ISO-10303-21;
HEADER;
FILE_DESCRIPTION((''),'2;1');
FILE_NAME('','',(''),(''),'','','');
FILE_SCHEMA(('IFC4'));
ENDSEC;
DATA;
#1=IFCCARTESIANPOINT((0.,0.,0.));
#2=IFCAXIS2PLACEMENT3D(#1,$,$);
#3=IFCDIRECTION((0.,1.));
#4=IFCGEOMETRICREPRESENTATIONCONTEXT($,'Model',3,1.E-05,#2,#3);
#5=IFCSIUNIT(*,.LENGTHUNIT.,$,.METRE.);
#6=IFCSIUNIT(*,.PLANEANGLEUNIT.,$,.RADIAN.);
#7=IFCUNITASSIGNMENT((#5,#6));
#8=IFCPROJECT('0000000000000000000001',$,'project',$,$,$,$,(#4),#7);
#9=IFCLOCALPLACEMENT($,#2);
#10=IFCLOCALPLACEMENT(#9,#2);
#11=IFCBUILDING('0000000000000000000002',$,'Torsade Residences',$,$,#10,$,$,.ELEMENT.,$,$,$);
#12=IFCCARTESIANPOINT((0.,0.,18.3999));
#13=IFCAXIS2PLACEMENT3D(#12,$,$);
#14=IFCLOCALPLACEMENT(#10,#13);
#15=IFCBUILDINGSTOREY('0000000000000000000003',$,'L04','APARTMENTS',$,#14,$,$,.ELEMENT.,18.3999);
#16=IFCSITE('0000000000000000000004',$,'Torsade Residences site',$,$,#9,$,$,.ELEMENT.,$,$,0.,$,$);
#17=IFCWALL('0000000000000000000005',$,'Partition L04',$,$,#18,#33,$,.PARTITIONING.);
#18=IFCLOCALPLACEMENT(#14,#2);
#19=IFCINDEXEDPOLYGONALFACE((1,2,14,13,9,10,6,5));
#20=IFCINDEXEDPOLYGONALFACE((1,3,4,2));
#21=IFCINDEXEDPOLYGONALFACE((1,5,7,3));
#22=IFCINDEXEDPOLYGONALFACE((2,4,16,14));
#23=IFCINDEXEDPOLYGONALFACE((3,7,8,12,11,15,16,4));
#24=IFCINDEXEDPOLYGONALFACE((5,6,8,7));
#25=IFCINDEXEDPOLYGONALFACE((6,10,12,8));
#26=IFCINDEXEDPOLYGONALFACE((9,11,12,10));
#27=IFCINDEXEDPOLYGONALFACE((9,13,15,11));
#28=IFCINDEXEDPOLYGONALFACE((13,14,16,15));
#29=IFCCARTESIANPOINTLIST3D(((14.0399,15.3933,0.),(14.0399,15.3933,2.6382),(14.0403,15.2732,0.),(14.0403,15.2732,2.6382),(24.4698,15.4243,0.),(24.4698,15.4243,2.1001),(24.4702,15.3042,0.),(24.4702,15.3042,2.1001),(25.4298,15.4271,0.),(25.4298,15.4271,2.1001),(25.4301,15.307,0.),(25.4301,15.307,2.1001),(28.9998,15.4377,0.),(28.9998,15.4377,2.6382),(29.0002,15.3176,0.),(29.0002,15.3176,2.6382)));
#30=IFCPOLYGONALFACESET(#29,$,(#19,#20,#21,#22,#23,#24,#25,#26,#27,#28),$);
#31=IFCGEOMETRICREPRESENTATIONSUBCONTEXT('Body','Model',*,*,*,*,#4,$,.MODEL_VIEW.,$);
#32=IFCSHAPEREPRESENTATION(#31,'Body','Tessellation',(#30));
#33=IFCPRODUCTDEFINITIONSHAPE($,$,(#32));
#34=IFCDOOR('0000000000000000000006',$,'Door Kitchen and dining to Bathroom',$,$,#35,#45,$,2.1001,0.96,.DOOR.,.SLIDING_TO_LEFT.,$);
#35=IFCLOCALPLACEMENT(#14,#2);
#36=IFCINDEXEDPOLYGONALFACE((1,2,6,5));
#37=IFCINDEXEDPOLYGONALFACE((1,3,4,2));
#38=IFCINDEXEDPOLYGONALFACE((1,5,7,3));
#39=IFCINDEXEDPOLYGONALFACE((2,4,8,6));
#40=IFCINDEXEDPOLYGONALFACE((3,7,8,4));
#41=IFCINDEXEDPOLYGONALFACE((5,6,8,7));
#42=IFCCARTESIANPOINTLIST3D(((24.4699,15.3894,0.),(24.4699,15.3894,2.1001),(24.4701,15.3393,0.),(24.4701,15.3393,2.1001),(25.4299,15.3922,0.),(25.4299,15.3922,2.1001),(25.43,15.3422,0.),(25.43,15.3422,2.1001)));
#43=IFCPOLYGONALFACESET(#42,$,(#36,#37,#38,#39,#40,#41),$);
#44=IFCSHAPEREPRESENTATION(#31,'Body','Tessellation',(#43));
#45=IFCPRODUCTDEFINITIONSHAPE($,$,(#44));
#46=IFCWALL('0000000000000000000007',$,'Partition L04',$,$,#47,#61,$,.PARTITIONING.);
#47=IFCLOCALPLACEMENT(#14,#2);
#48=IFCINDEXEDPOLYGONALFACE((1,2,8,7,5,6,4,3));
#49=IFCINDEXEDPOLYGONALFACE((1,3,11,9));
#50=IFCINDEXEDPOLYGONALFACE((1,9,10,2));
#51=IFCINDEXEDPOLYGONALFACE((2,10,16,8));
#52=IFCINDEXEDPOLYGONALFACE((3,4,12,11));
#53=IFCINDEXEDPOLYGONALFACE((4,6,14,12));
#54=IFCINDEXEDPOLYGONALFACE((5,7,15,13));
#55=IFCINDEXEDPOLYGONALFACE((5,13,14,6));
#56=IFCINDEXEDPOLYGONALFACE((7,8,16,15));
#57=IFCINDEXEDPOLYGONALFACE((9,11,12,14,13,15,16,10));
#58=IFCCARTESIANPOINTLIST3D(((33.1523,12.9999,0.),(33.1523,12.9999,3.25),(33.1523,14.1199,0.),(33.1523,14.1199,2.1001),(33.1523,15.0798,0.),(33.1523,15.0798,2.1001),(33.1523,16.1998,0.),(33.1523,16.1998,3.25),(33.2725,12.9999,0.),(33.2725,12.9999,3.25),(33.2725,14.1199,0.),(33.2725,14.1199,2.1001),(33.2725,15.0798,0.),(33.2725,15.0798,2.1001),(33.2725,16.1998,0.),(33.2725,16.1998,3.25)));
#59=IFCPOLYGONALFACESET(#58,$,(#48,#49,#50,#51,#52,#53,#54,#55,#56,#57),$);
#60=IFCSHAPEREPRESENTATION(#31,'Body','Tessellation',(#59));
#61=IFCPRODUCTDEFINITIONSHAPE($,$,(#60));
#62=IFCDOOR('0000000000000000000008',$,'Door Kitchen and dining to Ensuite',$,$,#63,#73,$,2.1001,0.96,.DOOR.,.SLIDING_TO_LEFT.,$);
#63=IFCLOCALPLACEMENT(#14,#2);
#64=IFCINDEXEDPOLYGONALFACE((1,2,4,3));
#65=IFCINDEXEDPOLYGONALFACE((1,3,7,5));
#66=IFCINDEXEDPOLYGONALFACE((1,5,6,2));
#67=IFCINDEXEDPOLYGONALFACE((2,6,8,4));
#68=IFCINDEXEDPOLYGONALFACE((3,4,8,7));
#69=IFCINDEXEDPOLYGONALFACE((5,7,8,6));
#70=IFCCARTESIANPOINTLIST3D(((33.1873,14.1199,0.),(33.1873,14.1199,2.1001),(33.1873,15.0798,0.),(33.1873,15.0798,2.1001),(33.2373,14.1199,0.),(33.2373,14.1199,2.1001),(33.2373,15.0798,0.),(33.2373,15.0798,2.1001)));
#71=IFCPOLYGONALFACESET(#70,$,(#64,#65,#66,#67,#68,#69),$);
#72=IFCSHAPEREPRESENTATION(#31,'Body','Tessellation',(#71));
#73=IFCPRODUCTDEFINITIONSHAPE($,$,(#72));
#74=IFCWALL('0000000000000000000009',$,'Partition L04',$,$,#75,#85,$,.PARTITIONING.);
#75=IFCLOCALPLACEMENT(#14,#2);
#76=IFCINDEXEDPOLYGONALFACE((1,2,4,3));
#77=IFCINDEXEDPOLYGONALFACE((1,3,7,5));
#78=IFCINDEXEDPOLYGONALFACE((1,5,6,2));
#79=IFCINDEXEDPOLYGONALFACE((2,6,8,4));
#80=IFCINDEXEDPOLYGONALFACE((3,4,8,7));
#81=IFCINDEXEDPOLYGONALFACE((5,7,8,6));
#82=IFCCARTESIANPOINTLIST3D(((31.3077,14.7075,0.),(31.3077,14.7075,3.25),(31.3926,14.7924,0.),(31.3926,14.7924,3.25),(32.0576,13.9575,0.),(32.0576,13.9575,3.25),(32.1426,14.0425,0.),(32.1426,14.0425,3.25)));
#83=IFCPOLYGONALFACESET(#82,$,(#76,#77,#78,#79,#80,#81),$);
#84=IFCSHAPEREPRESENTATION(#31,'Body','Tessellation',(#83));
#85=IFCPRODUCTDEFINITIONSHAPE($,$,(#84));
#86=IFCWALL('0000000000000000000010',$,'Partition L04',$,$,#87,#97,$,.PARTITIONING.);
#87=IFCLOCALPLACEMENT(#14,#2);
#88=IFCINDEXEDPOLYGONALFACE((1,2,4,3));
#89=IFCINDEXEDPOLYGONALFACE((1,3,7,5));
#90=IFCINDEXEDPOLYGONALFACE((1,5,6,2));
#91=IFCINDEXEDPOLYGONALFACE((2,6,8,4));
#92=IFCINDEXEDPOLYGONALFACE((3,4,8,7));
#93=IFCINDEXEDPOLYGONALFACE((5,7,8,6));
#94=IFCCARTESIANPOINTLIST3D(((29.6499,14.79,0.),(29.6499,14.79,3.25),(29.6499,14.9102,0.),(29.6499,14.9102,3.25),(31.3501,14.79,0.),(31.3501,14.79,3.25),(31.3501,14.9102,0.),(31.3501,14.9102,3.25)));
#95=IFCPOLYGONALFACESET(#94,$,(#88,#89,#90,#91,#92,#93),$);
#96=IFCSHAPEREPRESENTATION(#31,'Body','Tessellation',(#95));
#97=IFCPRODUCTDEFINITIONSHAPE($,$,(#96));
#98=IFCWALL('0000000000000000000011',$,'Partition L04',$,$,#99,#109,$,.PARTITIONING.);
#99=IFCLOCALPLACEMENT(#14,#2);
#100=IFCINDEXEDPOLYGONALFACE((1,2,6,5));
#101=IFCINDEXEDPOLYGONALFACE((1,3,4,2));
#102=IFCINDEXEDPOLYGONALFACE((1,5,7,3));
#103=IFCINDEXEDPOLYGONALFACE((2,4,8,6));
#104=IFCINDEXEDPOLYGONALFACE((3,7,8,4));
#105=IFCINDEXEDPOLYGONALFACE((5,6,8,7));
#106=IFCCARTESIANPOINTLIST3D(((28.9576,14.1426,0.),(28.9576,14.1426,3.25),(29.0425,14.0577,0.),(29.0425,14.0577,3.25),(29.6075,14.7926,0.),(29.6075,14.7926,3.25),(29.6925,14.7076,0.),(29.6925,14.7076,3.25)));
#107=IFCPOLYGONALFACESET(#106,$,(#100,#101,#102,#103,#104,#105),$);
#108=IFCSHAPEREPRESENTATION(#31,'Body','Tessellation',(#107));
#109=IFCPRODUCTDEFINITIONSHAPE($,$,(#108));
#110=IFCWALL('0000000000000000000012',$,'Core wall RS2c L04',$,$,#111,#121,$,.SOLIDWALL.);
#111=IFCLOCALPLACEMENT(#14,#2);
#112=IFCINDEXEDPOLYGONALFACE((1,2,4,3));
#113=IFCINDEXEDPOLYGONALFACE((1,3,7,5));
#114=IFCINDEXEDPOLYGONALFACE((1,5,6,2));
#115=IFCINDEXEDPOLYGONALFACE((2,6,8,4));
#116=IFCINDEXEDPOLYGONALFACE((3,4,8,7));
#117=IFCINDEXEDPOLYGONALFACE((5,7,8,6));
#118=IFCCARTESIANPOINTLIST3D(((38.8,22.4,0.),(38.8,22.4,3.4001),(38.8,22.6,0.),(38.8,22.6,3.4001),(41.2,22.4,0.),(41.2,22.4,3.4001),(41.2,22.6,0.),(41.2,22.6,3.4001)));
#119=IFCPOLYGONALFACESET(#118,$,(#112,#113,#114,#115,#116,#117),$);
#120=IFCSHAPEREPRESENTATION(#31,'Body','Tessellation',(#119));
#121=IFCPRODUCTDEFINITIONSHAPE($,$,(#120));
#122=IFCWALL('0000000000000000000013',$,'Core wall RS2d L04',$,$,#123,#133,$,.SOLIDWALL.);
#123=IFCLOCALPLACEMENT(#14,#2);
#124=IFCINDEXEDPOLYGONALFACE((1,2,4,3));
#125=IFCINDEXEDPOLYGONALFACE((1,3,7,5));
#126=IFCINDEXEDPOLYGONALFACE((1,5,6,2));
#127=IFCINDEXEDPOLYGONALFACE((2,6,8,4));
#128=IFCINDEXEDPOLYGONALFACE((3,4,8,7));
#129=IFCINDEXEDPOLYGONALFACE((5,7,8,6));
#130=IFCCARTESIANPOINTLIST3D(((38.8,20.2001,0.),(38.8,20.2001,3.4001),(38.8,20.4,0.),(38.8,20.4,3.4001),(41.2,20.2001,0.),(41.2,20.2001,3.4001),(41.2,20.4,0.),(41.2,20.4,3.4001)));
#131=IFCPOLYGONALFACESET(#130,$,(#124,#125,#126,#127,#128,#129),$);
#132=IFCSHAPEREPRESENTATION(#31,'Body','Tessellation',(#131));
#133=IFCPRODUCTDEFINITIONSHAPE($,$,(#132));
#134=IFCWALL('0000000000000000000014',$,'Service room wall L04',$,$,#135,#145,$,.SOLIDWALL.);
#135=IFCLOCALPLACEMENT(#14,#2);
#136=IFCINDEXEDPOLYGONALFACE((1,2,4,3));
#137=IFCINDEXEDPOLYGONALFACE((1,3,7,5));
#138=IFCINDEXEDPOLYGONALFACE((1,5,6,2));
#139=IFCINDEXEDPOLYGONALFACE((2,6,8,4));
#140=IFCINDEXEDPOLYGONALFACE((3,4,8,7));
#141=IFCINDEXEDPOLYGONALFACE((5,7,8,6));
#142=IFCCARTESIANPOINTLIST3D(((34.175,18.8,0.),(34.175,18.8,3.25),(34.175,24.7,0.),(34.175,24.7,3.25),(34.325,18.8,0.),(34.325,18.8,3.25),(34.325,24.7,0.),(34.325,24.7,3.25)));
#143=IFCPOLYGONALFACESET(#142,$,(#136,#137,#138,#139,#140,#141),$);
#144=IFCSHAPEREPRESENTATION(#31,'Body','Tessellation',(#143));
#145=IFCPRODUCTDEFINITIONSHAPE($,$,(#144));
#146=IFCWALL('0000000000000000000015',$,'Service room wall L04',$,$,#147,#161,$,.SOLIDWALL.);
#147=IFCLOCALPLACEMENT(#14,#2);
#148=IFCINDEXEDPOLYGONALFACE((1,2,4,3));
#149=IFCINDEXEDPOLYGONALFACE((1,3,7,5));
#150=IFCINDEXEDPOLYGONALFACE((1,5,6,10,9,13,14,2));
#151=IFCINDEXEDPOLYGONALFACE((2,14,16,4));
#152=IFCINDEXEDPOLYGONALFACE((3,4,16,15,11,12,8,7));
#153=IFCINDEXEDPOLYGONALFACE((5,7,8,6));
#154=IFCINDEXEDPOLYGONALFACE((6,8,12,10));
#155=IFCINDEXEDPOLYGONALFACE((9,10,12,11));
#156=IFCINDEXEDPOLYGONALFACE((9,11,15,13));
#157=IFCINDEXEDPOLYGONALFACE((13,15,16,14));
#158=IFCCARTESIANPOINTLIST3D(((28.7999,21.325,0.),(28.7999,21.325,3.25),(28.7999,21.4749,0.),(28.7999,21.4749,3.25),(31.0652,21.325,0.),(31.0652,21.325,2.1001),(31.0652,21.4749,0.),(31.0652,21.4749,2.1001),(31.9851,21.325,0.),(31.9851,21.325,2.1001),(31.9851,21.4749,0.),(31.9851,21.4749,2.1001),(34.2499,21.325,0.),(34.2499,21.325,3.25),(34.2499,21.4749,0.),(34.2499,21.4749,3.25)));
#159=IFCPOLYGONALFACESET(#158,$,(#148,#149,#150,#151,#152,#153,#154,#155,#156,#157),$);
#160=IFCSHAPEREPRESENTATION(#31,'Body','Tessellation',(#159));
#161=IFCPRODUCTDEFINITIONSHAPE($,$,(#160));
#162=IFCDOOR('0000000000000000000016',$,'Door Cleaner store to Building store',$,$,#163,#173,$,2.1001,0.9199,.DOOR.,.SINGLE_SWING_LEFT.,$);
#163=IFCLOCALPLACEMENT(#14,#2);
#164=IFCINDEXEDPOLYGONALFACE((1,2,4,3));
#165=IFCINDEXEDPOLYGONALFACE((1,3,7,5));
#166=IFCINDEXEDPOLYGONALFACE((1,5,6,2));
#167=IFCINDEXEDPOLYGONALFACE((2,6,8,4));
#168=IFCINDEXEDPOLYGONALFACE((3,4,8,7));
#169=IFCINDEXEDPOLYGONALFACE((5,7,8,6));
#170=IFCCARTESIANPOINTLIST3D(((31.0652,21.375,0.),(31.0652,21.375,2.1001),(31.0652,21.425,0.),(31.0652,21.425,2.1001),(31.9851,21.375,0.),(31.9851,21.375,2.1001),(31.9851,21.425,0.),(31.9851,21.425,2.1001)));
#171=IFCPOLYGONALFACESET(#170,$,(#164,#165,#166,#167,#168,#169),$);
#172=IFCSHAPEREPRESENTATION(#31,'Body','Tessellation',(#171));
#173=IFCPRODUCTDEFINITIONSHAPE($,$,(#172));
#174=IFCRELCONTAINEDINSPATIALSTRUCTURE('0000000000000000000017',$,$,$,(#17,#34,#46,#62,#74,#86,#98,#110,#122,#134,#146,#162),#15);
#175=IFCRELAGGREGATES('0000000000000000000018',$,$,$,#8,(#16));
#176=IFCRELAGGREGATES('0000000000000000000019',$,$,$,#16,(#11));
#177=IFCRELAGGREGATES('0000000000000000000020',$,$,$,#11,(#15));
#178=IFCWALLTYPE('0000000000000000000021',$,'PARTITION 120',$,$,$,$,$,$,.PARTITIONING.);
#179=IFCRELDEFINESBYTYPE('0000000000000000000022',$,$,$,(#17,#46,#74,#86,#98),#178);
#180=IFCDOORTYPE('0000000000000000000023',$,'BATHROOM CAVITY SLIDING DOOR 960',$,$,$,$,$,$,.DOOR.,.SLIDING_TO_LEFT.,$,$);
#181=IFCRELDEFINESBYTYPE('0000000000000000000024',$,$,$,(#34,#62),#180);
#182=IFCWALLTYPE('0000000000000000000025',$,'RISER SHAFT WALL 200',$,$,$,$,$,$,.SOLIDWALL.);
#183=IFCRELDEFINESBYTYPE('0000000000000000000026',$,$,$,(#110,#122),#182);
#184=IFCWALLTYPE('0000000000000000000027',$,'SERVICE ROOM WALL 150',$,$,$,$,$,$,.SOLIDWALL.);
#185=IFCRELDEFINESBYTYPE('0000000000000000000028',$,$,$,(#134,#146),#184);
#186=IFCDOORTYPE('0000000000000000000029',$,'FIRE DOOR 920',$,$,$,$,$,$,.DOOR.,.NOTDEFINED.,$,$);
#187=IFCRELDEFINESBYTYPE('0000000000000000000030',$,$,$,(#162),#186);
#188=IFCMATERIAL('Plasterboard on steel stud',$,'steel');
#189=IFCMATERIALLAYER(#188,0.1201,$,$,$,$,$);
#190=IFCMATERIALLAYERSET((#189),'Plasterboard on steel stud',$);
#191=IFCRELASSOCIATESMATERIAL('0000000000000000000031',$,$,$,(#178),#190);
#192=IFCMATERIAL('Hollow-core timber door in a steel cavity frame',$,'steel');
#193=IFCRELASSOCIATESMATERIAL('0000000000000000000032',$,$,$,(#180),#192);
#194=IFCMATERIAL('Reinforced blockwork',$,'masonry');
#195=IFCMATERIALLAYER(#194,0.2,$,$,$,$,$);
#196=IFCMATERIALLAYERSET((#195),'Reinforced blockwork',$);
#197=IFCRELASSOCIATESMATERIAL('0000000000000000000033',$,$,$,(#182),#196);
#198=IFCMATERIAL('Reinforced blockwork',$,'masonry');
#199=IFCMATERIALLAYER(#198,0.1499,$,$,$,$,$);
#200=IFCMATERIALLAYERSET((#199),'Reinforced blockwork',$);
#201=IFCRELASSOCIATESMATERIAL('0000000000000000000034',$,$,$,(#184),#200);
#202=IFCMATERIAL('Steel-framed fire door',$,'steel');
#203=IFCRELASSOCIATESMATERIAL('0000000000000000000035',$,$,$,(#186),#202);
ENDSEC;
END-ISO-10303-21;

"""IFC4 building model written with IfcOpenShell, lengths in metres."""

from ifc_helpers import new_model, si_unit, direction, frame, frame_2d, origin, place, context, subcontext, project, spatial, rectangle, extrude, material, layer, layer_set, type_object, element, fill, save


model = new_model("IFC4")

# Units and contexts
model_context = context("Model", 3, precision=1e-05, world=origin(), true_north=direction((0.0, 1.0)))
body_context = subcontext(model_context, "Body", "Model", "MODEL_VIEW")
ifc_project = project(units=[si_unit("LENGTHUNIT", "METRE"), si_unit("PLANEANGLEUNIT", "RADIAN")], contexts=[model_context])

# Site, building, storey
site_placement = place(None, origin())
site = spatial("IfcSite", under=ifc_project, at=site_placement, Name="Torsade Residences site", CompositionType="ELEMENT", RefElevation=0.0)
building_placement = place(site_placement, origin())
building = spatial("IfcBuilding", under=site, at=building_placement, Name="Torsade Residences", CompositionType="ELEMENT")
storey_placement = place(building_placement, frame((0.0, 0.0, 18.3999)))
storey = spatial("IfcBuildingStorey", under=building, at=storey_placement, Name="L04", Description="APARTMENTS", CompositionType="ELEMENT", Elevation=18.3999)

# Walls, openings, doors
ifc_material_1 = material(Name="Plasterboard on steel stud", Category="steel")
ifc_layer_1 = layer(ifc_material_1, 0.1201)
ifc_layer_set_1 = layer_set([ifc_layer_1], Name="Plasterboard on steel stud")
wall_type_1 = type_object("IfcWallType", Name="PARTITION 120", PredefinedType="PARTITIONING", material=ifc_layer_set_1)
wall_1_placement = place(storey_placement, frame((29.0, 15.3777, 0.0), z_axis=(0.0, 0.0, 1.0), x_axis=(-0.999996, -0.00297, 0.0)))
wall_1 = element("IfcWall", 1, at=wall_1_placement, inside=storey, type_object=wall_type_1, Name="Partition L04", PredefinedType="PARTITIONING", context=body_context, shape_type="SweptSolid", body=[
    extrude(rectangle(XDim=14.96, YDim=0.1201, at=frame_2d((7.48, 0.0))), origin(), (0.0, 0.0, 1.0), 2.6382),
])
opening_1_placement = place(wall_1_placement, frame((3.5701, 0.0, 0.0)))
opening_1 = element("IfcOpeningElement", 2, at=opening_1_placement, cuts=wall_1, PredefinedType="OPENING", context=body_context, shape_type="SweptSolid", body=[
    extrude(rectangle(XDim=0.96, YDim=2.1001, at=frame_2d((0.48, 1.05))), frame((0.0, 0.0701, 0.0), z_axis=(0.0, -1.0, 0.0), x_axis=(1.0, 0.0, 0.0)), (0.0, 0.0, 1.0), 0.1401),
])
ifc_material_2 = material(Name="Hollow-core timber door in a steel cavity frame", Category="steel")
door_type_1 = type_object("IfcDoorType", Name="BATHROOM CAVITY SLIDING DOOR 960", OperationType="SLIDING_TO_LEFT", PredefinedType="DOOR", material=ifc_material_2)
door_1_placement = place(opening_1_placement, origin())
door_1 = element("IfcDoor", 3, at=door_1_placement, inside=storey, type_object=door_type_1, Name="Door Kitchen and dining to Bathroom", OperationType="SLIDING_TO_LEFT", OverallHeight=2.1001, OverallWidth=0.96, PredefinedType="DOOR", context=body_context, shape_type="SweptSolid", body=[
    extrude(rectangle(XDim=0.96, YDim=2.1001, at=frame_2d((0.48, 1.05))), frame((0.0, 0.0249, 0.0), z_axis=(0.0, -1.0, 0.0), x_axis=(1.0, 0.0, 0.0)), (0.0, 0.0, 1.0), 0.05),
])
fill(opening_1, door_1)
wall_2_placement = place(storey_placement, frame((33.2124, 16.2, 0.0), z_axis=(0.0, 0.0, 1.0), x_axis=(0.0, -1.0, 0.0)))
wall_2 = element("IfcWall", 4, at=wall_2_placement, inside=storey, type_object=wall_type_1, Name="Partition L04", PredefinedType="PARTITIONING", context=body_context, shape_type="SweptSolid", body=[
    extrude(rectangle(XDim=3.2, YDim=0.1201, at=frame_2d((1.6001, 0.0))), origin(), (0.0, 0.0, 1.0), 3.25),
])
opening_2_placement = place(wall_2_placement, frame((1.1201, 0.0, 0.0)))
opening_2 = element("IfcOpeningElement", 5, at=opening_2_placement, cuts=wall_2, PredefinedType="OPENING", context=body_context, shape_type="SweptSolid", body=[
    extrude(rectangle(XDim=0.96, YDim=2.1001, at=frame_2d((0.48, 1.05))), frame((0.0, 0.0701, 0.0), z_axis=(0.0, -1.0, 0.0), x_axis=(1.0, 0.0, 0.0)), (0.0, 0.0, 1.0), 0.1401),
])
door_2_placement = place(opening_2_placement, origin())
door_2 = element("IfcDoor", 6, at=door_2_placement, inside=storey, type_object=door_type_1, Name="Door Kitchen and dining to Ensuite", OperationType="SLIDING_TO_LEFT", OverallHeight=2.1001, OverallWidth=0.96, PredefinedType="DOOR", context=body_context, shape_type="SweptSolid", body=[
    extrude(rectangle(XDim=0.96, YDim=2.1001, at=frame_2d((0.48, 1.05))), frame((0.0, 0.0249, 0.0), z_axis=(0.0, -1.0, 0.0), x_axis=(1.0, 0.0, 0.0)), (0.0, 0.0, 1.0), 0.05),
])
fill(opening_2, door_2)

# Walls
wall_3_placement = place(storey_placement, frame((32.1001, 14.0, 0.0), z_axis=(0.0, 0.0, 1.0), x_axis=(-0.707107, 0.707107, 0.0)))
element("IfcWall", 7, at=wall_3_placement, inside=storey, type_object=wall_type_1, Name="Partition L04", PredefinedType="PARTITIONING", context=body_context, shape_type="SweptSolid", body=[
    extrude(rectangle(XDim=1.0605, YDim=0.1201, at=frame_2d((0.5303, 0.0))), origin(), (0.0, 0.0, 1.0), 3.25),
])
wall_4_placement = place(storey_placement, frame((31.3501, 14.8501, 0.0), z_axis=(0.0, 0.0, 1.0), x_axis=(-1.0, 0.0, 0.0)))
element("IfcWall", 8, at=wall_4_placement, inside=storey, type_object=wall_type_1, Name="Partition L04", PredefinedType="PARTITIONING", context=body_context, shape_type="SweptSolid", body=[
    extrude(rectangle(XDim=1.7002, YDim=0.1201, at=frame_2d((0.8501, 0.0))), origin(), (0.0, 0.0, 1.0), 3.25),
])
wall_5_placement = place(storey_placement, frame((29.6499, 14.75, 0.0), z_axis=(0.0, 0.0, 1.0), x_axis=(-0.707107, -0.707107, 0.0)))
element("IfcWall", 9, at=wall_5_placement, inside=storey, type_object=wall_type_1, Name="Partition L04", PredefinedType="PARTITIONING", context=body_context, shape_type="SweptSolid", body=[
    extrude(rectangle(XDim=0.9192, YDim=0.1201, at=frame_2d((0.4595, 0.0))), origin(), (0.0, 0.0, 1.0), 3.25),
])
ifc_material_3 = material(Name="Reinforced blockwork", Category="masonry")
ifc_layer_2 = layer(ifc_material_3, 0.2)
ifc_layer_set_2 = layer_set([ifc_layer_2], Name="Reinforced blockwork")
wall_type_2 = type_object("IfcWallType", Name="RISER SHAFT WALL 200", PredefinedType="SOLIDWALL", material=ifc_layer_set_2)
for number, where, z_axis, x_axis, name in (
    (10, (38.8, 22.5, 0.0), (0.0, 0.0, 1.0), (1.0, 0.0, 0.0), "Core wall RS2c L04"),
    (11, (38.8, 20.3, 0.0), (0.0, 0.0, 1.0), (1.0, 0.0, 0.0), "Core wall RS2d L04"),
):
    element("IfcWall", number, at=place(storey_placement, frame(where, z_axis=z_axis, x_axis=x_axis)), inside=storey, type_object=wall_type_2, Name=name, PredefinedType="SOLIDWALL", context=body_context, shape_type="SweptSolid", body=[
        extrude(rectangle(XDim=2.3999, YDim=0.2, at=frame_2d((1.2, 0.0))), origin(), (0.0, 0.0, 1.0), 3.4001),
    ])
ifc_material_4 = material(Name="Reinforced blockwork", Category="masonry")
ifc_layer_3 = layer(ifc_material_4, 0.1499)
ifc_layer_set_3 = layer_set([ifc_layer_3], Name="Reinforced blockwork")
wall_type_3 = type_object("IfcWallType", Name="SERVICE ROOM WALL 150", PredefinedType="SOLIDWALL", material=ifc_layer_set_3)
wall_6_placement = place(storey_placement, frame((34.25, 18.8, 0.0), z_axis=(0.0, 0.0, 1.0), x_axis=(0.0, 1.0, 0.0)))
element("IfcWall", 12, at=wall_6_placement, inside=storey, type_object=wall_type_3, Name="Service room wall L04", PredefinedType="SOLIDWALL", context=body_context, shape_type="SweptSolid", body=[
    extrude(rectangle(XDim=5.8999, YDim=0.1499, at=frame_2d((2.95, 0.0))), origin(), (0.0, 0.0, 1.0), 3.25),
])

# Wall, opening, door
wall_7_placement = place(storey_placement, frame((34.25, 21.3999, 0.0), z_axis=(0.0, 0.0, 1.0), x_axis=(-1.0, 0.0, 0.0)))
wall_7 = element("IfcWall", 13, at=wall_7_placement, inside=storey, type_object=wall_type_3, Name="Service room wall L04", PredefinedType="SOLIDWALL", context=body_context, shape_type="SweptSolid", body=[
    extrude(rectangle(XDim=5.45, YDim=0.1499, at=frame_2d((2.7251, 0.0))), origin(), (0.0, 0.0, 1.0), 3.25),
])
opening_3_placement = place(wall_7_placement, frame((2.2649, 0.0, 0.0)))
opening_3 = element("IfcOpeningElement", 14, at=opening_3_placement, cuts=wall_7, PredefinedType="OPENING", context=body_context, shape_type="SweptSolid", body=[
    extrude(rectangle(XDim=0.9199, YDim=2.1001, at=frame_2d((0.46, 1.05))), frame((0.0, 0.085, 0.0), z_axis=(0.0, -1.0, 0.0), x_axis=(1.0, 0.0, 0.0)), (0.0, 0.0, 1.0), 0.1699),
])
ifc_material_5 = material(Name="Steel-framed fire door", Category="steel")
door_type_2 = type_object("IfcDoorType", Name="FIRE DOOR 920", OperationType="NOTDEFINED", PredefinedType="DOOR", material=ifc_material_5)
door_3_placement = place(opening_3_placement, origin())
door_3 = element("IfcDoor", 15, at=door_3_placement, inside=storey, type_object=door_type_2, Name="Door Cleaner store to Building store", OperationType="SINGLE_SWING_LEFT", OverallHeight=2.1001, OverallWidth=0.9199, PredefinedType="DOOR", context=body_context, shape_type="SweptSolid", body=[
    extrude(rectangle(XDim=0.9199, YDim=2.1001, at=frame_2d((0.46, 1.05))), frame((0.0, 0.0249, 0.0), z_axis=(0.0, -1.0, 0.0), x_axis=(1.0, 0.0, 0.0)), (0.0, 0.0, 1.0), 0.05),
])
fill(opening_3, door_3)

save(model, "model.ifc")
